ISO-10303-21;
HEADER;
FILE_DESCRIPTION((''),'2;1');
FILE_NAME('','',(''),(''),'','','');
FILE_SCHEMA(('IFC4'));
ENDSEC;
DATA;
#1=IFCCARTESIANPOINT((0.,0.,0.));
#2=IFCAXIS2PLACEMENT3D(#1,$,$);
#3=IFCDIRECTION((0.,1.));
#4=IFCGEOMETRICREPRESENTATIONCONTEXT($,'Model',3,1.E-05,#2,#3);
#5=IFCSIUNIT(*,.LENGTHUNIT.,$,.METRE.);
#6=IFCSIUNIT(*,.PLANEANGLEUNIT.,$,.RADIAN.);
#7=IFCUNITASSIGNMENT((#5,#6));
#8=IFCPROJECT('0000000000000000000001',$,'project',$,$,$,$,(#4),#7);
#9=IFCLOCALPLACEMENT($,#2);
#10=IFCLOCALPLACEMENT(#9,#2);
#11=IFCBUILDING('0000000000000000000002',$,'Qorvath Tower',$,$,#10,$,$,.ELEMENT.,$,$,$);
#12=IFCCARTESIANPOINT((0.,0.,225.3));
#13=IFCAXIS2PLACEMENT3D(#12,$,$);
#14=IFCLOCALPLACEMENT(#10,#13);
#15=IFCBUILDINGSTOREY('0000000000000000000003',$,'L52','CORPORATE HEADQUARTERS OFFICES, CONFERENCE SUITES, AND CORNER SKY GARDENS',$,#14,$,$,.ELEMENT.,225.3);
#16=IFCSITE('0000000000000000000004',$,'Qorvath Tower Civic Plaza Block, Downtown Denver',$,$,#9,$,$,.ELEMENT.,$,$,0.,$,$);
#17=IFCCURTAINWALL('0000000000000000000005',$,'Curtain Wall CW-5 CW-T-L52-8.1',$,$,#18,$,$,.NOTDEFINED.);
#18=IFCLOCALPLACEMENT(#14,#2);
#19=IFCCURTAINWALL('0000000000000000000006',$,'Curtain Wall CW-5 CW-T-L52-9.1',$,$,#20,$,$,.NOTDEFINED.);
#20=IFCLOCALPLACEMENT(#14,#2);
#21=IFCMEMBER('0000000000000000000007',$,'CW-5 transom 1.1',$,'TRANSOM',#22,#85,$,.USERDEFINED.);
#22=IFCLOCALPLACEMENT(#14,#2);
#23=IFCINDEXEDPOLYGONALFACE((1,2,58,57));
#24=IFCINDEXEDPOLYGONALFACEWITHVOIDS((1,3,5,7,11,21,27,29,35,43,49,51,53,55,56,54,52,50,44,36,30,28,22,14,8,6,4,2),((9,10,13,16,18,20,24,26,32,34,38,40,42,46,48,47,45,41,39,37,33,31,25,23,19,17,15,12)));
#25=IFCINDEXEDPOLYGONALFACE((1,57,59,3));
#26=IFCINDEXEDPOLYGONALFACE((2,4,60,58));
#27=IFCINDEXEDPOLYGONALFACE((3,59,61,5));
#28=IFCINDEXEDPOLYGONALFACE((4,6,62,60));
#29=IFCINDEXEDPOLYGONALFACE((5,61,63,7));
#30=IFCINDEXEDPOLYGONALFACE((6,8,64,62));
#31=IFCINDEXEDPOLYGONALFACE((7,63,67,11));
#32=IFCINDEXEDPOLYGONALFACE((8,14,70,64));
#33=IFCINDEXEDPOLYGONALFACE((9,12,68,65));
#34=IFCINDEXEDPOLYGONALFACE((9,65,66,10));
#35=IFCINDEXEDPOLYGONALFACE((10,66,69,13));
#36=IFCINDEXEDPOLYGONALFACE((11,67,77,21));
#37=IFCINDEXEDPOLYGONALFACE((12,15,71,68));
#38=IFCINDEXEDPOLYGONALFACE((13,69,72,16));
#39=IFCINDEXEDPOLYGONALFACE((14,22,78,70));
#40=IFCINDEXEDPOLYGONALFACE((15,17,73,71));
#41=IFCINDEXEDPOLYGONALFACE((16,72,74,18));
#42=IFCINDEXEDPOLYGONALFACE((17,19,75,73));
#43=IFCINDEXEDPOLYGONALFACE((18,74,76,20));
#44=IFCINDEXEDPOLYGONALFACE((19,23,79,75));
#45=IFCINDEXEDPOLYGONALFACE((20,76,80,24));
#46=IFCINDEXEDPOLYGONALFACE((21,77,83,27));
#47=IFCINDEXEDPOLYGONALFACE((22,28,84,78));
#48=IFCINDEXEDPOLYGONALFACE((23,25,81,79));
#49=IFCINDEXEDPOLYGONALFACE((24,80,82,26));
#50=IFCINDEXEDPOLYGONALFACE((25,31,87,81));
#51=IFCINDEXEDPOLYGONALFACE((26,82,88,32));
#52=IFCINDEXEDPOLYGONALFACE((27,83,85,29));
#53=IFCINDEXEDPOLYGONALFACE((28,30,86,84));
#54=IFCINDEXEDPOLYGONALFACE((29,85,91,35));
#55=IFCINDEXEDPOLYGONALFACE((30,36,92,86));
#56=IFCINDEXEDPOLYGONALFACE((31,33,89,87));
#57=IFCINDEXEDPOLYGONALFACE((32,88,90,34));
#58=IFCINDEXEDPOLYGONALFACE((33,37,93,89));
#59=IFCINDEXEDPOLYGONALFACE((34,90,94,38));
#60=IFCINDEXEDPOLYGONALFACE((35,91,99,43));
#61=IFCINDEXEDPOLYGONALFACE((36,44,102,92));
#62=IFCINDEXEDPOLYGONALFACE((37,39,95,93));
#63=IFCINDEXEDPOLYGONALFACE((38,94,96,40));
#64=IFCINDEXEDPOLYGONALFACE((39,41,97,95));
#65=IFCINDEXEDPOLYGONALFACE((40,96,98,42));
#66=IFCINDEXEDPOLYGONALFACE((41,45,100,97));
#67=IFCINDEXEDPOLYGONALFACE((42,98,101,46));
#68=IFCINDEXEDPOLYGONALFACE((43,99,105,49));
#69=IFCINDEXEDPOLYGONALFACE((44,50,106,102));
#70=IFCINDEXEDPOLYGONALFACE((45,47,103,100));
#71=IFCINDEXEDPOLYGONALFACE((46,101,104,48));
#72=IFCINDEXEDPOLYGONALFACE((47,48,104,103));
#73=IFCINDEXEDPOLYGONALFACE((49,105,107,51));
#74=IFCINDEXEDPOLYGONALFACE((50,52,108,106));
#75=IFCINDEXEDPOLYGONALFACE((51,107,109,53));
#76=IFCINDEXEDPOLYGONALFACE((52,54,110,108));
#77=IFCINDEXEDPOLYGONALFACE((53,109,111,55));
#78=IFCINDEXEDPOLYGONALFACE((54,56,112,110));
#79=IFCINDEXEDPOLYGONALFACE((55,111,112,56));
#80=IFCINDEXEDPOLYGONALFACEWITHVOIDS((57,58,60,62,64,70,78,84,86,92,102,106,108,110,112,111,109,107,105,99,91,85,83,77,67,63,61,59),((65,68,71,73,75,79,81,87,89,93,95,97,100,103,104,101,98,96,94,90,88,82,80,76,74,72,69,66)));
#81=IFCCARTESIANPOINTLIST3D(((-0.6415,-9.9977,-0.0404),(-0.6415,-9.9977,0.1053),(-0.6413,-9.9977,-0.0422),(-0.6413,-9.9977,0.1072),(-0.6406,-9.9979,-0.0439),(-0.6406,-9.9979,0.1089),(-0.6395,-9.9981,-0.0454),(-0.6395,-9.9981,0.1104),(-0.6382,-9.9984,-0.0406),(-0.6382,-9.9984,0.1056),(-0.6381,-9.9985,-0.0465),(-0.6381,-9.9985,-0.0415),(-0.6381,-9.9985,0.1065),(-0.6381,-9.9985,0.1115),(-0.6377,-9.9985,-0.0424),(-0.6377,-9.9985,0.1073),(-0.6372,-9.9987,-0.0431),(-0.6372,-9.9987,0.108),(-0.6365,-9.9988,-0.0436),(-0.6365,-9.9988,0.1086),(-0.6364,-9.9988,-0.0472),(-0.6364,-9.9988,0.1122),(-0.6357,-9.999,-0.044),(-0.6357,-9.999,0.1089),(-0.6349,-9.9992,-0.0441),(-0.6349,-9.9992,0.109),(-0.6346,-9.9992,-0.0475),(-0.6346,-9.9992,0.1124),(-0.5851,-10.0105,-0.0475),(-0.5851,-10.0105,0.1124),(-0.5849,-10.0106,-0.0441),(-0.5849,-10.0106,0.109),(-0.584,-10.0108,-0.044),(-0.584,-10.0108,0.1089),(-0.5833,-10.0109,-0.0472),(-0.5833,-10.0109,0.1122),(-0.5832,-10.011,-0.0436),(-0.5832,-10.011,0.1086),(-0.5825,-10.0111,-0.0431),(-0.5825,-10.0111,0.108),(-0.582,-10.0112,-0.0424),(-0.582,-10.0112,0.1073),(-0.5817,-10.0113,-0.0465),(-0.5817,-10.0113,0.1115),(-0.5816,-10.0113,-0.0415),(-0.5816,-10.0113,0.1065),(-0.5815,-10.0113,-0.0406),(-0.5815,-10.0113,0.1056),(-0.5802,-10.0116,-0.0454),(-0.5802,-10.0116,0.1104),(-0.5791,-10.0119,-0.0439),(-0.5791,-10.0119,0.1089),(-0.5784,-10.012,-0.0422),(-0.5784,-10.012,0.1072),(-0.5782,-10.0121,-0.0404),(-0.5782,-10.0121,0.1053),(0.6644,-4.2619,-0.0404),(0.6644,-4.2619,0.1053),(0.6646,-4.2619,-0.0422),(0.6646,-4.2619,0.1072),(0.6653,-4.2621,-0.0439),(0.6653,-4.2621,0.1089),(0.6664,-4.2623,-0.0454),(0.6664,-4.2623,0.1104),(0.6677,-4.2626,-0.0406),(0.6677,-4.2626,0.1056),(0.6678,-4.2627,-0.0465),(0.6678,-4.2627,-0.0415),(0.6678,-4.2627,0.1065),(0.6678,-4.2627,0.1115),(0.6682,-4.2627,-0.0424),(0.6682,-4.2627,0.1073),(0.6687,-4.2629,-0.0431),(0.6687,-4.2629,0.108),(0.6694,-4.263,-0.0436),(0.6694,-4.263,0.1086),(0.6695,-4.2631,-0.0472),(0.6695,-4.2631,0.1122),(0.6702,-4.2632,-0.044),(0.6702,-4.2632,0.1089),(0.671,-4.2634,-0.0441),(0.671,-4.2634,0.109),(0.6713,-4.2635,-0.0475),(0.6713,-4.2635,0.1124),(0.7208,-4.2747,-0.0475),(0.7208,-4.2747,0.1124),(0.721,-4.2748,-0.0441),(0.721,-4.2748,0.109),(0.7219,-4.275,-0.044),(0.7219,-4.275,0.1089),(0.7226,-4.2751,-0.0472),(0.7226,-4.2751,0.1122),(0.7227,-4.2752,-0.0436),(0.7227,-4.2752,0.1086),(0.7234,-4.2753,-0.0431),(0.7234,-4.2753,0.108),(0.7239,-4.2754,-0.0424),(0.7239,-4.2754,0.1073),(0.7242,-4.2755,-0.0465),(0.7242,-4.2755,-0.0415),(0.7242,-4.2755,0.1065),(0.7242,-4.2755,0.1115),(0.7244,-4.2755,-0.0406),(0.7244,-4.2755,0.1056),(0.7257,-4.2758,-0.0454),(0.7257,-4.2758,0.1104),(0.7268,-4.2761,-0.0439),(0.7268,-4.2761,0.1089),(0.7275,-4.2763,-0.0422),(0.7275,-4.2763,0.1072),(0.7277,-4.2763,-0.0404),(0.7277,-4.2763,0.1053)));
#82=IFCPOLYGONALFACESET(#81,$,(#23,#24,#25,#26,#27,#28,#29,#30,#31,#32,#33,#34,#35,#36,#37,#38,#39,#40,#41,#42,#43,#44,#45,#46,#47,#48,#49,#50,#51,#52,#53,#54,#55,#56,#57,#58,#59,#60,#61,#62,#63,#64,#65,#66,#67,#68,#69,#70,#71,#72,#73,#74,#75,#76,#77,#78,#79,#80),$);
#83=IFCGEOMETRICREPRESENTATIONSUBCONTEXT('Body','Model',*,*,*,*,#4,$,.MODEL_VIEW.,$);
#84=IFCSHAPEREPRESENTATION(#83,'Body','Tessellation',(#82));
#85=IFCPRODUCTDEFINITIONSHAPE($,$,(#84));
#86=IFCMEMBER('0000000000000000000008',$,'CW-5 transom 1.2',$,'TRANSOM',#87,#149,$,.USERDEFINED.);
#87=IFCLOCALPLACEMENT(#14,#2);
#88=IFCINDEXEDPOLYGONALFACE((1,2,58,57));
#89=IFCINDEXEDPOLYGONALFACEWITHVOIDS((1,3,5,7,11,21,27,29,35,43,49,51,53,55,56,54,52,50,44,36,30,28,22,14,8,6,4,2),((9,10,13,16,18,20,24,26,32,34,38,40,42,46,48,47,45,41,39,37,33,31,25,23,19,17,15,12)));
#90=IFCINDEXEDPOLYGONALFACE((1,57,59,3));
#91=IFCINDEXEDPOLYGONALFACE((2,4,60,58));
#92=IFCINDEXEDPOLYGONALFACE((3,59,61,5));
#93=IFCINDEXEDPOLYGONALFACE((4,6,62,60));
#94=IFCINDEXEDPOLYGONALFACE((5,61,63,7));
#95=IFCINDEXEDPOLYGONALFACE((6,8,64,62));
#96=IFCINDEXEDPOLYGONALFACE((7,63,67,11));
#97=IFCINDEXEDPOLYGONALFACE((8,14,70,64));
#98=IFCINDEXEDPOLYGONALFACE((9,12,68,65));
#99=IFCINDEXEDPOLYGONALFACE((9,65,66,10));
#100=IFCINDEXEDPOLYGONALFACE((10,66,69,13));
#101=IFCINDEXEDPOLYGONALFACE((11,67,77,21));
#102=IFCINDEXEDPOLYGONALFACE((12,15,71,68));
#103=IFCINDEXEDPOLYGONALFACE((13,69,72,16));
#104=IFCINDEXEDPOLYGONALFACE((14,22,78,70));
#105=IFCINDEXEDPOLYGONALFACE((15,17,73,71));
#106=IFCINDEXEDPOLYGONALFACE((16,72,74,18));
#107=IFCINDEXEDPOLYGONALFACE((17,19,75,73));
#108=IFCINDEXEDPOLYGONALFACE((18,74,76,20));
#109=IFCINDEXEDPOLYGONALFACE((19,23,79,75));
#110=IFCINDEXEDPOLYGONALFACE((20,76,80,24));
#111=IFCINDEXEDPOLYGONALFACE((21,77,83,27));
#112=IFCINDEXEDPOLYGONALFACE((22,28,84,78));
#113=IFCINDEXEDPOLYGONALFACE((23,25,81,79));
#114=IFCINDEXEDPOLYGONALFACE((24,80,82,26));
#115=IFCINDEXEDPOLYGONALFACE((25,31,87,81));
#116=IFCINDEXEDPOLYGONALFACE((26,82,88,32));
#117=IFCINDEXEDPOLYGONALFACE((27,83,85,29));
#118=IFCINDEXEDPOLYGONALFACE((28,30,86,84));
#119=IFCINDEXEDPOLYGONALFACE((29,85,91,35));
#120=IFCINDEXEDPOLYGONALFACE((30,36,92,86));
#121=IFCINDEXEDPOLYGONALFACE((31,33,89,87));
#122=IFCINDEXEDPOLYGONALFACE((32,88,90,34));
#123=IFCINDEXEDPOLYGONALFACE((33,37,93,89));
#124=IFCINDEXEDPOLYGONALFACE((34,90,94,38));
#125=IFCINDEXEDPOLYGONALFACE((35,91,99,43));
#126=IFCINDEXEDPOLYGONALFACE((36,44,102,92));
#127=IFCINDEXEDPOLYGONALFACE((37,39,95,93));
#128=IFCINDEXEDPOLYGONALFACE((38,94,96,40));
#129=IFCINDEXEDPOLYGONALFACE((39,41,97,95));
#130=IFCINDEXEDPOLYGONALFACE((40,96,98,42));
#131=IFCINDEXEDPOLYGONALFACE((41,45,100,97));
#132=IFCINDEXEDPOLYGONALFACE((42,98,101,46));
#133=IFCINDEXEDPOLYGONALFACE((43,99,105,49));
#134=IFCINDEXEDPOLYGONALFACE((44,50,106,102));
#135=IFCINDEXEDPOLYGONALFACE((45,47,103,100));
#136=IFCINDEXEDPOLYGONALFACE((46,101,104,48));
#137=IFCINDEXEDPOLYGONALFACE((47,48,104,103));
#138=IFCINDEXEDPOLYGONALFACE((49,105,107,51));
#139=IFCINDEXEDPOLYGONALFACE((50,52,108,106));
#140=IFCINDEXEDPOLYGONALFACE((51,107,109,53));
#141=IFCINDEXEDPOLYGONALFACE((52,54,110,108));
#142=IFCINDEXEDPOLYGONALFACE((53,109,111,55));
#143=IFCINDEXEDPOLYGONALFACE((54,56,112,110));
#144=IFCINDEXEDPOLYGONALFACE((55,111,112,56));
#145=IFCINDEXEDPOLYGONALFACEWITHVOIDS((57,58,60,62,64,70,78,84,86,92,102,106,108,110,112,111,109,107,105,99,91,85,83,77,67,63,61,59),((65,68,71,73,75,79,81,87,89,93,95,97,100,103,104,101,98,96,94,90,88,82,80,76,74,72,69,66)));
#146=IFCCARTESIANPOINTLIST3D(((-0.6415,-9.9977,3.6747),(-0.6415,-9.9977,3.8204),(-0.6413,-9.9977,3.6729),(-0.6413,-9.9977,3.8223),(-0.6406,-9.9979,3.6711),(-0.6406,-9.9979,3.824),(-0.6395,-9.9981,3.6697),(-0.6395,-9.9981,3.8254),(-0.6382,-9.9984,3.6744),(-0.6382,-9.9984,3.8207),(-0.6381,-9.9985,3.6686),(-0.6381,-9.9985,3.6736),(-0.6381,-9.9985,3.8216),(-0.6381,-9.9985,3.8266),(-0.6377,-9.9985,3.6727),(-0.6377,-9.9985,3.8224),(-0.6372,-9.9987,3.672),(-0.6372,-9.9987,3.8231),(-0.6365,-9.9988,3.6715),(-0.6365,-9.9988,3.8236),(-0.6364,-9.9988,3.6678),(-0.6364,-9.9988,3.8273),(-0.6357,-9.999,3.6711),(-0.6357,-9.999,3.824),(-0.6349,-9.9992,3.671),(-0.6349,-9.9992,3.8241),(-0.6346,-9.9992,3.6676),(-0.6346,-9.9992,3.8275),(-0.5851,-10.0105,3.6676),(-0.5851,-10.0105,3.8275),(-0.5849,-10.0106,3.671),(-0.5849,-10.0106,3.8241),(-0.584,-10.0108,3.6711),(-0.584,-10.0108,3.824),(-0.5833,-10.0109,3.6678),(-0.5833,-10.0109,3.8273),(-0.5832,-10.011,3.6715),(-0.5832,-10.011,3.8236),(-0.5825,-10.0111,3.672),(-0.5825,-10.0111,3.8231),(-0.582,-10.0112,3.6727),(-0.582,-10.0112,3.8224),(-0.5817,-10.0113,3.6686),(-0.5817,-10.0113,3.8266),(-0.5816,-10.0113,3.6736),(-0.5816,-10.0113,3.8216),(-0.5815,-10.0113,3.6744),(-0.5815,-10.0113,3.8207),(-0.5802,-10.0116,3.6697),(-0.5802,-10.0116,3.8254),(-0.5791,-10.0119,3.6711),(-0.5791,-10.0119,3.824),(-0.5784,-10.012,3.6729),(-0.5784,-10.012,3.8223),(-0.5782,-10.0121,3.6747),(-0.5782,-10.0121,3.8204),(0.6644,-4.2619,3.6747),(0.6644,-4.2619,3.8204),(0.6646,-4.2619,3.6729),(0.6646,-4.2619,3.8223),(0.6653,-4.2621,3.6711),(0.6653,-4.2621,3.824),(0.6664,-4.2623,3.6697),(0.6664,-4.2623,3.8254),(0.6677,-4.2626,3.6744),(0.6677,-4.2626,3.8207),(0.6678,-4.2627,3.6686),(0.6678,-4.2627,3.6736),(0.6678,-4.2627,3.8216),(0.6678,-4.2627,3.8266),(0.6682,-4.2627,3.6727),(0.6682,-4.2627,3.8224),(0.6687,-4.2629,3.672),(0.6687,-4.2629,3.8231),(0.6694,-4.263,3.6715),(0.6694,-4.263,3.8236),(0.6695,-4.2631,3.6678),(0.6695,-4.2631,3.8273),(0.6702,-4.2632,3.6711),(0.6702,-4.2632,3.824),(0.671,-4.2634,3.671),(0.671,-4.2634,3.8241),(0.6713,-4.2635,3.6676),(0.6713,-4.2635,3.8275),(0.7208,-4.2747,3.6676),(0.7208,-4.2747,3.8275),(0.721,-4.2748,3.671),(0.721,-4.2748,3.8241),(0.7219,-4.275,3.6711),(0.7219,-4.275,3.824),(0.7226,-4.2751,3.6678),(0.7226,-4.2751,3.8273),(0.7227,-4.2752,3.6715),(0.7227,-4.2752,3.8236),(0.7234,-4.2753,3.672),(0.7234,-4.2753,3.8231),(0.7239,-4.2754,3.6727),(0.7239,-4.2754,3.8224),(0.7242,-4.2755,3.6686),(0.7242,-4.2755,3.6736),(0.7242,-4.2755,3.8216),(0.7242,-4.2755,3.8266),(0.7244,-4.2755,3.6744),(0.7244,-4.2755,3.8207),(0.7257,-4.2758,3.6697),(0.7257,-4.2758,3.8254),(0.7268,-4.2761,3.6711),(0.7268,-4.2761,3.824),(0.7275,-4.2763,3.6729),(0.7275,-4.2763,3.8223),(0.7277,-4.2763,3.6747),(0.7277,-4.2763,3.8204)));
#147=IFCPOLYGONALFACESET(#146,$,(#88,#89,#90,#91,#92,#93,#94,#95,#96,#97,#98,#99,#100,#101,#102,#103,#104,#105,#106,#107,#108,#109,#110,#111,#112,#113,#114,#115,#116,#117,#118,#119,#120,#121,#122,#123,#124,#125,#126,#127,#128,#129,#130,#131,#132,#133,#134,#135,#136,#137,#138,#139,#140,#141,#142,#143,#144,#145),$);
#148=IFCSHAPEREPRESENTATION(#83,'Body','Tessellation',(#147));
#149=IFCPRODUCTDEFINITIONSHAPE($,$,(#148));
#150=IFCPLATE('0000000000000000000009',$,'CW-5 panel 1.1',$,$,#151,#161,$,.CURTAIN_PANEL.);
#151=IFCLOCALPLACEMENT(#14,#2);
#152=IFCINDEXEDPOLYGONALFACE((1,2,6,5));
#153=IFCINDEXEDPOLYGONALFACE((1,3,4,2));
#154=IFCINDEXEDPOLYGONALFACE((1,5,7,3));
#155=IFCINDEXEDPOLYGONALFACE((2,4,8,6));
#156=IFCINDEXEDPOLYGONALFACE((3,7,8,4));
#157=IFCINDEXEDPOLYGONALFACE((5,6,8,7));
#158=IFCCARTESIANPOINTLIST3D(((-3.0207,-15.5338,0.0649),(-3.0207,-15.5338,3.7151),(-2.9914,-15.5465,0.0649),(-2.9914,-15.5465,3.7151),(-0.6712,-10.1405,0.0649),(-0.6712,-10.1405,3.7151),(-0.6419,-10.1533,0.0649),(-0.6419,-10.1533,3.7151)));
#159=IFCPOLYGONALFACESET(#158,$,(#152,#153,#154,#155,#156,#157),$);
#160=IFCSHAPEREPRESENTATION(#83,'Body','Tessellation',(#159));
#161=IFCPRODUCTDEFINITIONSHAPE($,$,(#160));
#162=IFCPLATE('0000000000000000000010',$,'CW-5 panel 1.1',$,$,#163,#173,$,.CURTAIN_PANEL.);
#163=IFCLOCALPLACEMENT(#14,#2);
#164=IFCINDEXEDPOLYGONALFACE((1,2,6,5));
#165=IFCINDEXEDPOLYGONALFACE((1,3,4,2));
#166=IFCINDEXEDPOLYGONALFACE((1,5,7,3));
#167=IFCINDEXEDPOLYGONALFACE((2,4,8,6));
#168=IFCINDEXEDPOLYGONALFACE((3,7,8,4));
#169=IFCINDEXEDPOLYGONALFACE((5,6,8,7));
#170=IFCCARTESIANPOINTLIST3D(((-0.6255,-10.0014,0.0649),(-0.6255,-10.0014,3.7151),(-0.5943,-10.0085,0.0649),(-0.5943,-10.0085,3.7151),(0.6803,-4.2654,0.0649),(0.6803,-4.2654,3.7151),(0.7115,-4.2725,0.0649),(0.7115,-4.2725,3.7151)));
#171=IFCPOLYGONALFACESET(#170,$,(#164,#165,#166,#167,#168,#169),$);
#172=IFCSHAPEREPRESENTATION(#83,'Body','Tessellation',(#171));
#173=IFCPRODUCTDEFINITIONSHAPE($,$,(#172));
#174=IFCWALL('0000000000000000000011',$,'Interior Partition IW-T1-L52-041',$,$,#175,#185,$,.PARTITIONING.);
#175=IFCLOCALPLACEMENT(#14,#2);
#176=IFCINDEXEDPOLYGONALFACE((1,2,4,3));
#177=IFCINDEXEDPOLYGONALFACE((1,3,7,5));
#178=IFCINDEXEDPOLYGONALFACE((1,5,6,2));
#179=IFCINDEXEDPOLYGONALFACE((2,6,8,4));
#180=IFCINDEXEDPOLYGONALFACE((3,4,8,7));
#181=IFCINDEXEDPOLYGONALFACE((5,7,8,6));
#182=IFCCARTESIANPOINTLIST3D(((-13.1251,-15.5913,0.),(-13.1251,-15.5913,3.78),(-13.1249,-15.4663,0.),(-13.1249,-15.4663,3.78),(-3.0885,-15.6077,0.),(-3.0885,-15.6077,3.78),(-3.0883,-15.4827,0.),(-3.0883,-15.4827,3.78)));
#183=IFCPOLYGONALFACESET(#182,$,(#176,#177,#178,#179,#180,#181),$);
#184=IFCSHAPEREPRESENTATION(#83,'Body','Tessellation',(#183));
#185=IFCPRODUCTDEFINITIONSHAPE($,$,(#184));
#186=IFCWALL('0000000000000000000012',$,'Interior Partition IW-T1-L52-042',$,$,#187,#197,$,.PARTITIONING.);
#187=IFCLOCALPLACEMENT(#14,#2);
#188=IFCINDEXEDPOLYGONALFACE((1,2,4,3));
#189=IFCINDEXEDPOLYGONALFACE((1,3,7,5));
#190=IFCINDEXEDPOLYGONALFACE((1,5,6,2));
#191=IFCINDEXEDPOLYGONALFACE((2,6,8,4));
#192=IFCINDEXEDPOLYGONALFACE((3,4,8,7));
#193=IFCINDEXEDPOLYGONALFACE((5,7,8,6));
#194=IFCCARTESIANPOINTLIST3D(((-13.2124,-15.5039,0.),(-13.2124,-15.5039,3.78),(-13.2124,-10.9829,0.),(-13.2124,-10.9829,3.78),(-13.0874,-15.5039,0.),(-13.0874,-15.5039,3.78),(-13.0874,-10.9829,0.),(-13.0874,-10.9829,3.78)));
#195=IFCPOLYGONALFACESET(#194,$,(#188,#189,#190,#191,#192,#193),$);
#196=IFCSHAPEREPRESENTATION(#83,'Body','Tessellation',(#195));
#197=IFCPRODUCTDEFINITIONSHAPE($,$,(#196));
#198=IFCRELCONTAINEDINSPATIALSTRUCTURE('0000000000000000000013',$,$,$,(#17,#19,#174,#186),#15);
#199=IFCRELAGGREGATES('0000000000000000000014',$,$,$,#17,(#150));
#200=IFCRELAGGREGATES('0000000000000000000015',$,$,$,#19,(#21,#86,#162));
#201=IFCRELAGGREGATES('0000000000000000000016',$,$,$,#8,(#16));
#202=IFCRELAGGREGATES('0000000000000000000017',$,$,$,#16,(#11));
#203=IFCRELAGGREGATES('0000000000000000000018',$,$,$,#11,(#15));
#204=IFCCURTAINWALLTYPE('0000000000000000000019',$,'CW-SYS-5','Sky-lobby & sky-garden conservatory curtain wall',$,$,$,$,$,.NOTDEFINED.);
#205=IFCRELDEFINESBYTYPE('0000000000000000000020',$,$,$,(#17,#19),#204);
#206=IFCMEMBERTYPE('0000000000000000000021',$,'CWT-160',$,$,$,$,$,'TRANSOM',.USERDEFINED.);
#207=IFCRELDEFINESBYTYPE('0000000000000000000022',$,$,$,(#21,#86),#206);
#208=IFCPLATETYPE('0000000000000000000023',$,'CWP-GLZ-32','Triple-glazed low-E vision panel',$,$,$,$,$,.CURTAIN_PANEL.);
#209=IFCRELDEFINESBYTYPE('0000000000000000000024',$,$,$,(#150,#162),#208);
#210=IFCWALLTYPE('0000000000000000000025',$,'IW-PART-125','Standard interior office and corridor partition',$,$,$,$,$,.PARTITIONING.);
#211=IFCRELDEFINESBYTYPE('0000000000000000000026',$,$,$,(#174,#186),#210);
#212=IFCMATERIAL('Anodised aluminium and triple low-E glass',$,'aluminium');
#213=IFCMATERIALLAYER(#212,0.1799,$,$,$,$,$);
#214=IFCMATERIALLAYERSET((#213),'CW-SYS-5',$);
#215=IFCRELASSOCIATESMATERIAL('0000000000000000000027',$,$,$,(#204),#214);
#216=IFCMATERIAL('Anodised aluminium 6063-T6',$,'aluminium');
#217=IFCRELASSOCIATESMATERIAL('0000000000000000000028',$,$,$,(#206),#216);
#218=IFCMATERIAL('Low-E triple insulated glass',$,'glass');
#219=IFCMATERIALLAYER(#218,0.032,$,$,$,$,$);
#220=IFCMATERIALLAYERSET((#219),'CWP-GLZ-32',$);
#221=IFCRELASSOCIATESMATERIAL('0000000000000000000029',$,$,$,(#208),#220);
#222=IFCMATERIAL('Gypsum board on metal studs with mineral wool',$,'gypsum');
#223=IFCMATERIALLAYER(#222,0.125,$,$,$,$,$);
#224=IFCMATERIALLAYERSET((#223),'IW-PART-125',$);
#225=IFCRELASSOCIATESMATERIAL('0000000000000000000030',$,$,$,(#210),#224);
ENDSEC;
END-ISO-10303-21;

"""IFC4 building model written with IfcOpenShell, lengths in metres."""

from ifc_helpers import new_model, si_unit, direction, frame, frame_2d, origin, origin_2d, place, context, subcontext, project, spatial, rectangle, hollow_rectangle, extrude, material, layer, layer_set, material_profile, profile_set, type_object, element, aggregate, save


model = new_model("IFC4")

# Units and contexts
model_context = context("Model", 3, precision=1e-05, world=origin(), true_north=direction((0.0, 1.0)))
body_context = subcontext(model_context, "Body", "Model", "MODEL_VIEW")
ifc_project = project(units=[si_unit("LENGTHUNIT", "METRE"), si_unit("PLANEANGLEUNIT", "RADIAN")], contexts=[model_context])

# Site, building, storey
site_placement = place(None, origin())
site = spatial("IfcSite", under=ifc_project, at=site_placement, Name="Qorvath Tower Civic Plaza Block, Downtown Denver", CompositionType="ELEMENT", RefElevation=0.0)
building_placement = place(site_placement, origin())
building = spatial("IfcBuilding", under=site, at=building_placement, Name="Qorvath Tower", CompositionType="ELEMENT")
storey_placement = place(building_placement, frame((0.0, 0.0, 225.3)))
storey = spatial("IfcBuildingStorey", under=building, at=storey_placement, Name="L52", Description="CORPORATE HEADQUARTERS OFFICES, CONFERENCE SUITES, AND CORNER SKY GARDENS", CompositionType="ELEMENT", Elevation=225.3)

# Shared definitions
ifc_material_1 = material(Name="Anodised aluminium and triple low-E glass", Category="aluminium")
ifc_layer_1 = layer(ifc_material_1, 0.1799)
ifc_layer_set_1 = layer_set([ifc_layer_1], Name="CW-SYS-5")
curtain_wall_type = type_object("IfcCurtainWallType", Name="CW-SYS-5", Description="Sky-lobby & sky-garden conservatory curtain wall", PredefinedType="NOTDEFINED", material=ifc_layer_set_1)

# Curtain wall
curtain_wall_1_placement = place(storey_placement, origin())
curtain_wall_1 = element("IfcCurtainWall", 1, at=curtain_wall_1_placement, inside=storey, type_object=curtain_wall_type, Name="Curtain Wall CW-5 CW-T-L52-8.1", PredefinedType="NOTDEFINED")

# Curtain wall
curtain_wall_2_placement = place(storey_placement, origin())
curtain_wall_2 = element("IfcCurtainWall", 2, at=curtain_wall_2_placement, inside=storey, type_object=curtain_wall_type, Name="Curtain Wall CW-5 CW-T-L52-9.1", PredefinedType="NOTDEFINED")

# Members
ifc_material_2 = material(Name="Anodised aluminium 6063-T6", Category="aluminium")
ifc_material_profile_1 = material_profile(ifc_material_2, hollow_rectangle(XDim=0.0649, YDim=0.1599, WallThickness=0.0034, InnerFilletRadius=0.0034, OuterFilletRadius=0.0071, at=origin_2d()), Name="CWT 160x65")
ifc_profile_set_1 = profile_set([ifc_material_profile_1], Name="Anodised aluminium 6063-T6")
member_type_1 = type_object("IfcMemberType", Name="CWT-160", ElementType="TRANSOM", PredefinedType="USERDEFINED", material=ifc_profile_set_1)
member_1_placement = place(storey_placement, frame((-0.6099, -10.0049, 0.0325), z_axis=(0.221994, 0.975048, 0.0), x_axis=(-0.975048, 0.221994, 0.0)))
member_1 = element("IfcMember", 3, at=member_1_placement, type_object=member_type_1, Name="CW-5 transom 1.1", ObjectType="TRANSOM", PredefinedType="USERDEFINED", context=body_context, shape_type="SweptSolid", body=[
    extrude(hollow_rectangle(XDim=0.0649, YDim=0.1599, WallThickness=0.0034, InnerFilletRadius=0.0034, OuterFilletRadius=0.0071, at=origin_2d()), origin(), (0.0, 0.0, 1.0), 5.8826),
])
member_2_placement = place(storey_placement, frame((-0.6099, -10.0049, 3.7476), z_axis=(0.221994, 0.975048, 0.0), x_axis=(-0.975048, 0.221994, 0.0)))
member_2 = element("IfcMember", 4, at=member_2_placement, type_object=member_type_1, Name="CW-5 transom 1.2", ObjectType="TRANSOM", PredefinedType="USERDEFINED", context=body_context, shape_type="SweptSolid", body=[
    extrude(hollow_rectangle(XDim=0.0649, YDim=0.1599, WallThickness=0.0034, InnerFilletRadius=0.0034, OuterFilletRadius=0.0071, at=origin_2d()), origin(), (0.0, 0.0, 1.0), 5.8826),
])

# Plates
ifc_material_3 = material(Name="Low-E triple insulated glass", Category="glass")
ifc_layer_2 = layer(ifc_material_3, 0.032)
ifc_layer_set_2 = layer_set([ifc_layer_2], Name="CWP-GLZ-32")
plate_type = type_object("IfcPlateType", Name="CWP-GLZ-32", Description="Triple-glazed low-E vision panel", PredefinedType="CURTAIN_PANEL", material=ifc_layer_set_2)
plate_1_placement = place(storey_placement, frame((-1.8313, -12.8435, 0.0649), z_axis=(0.0, 0.0, 1.0), x_axis=(0.399382, 0.916785, 0.0)))
plate_1 = element("IfcPlate", 5, at=plate_1_placement, type_object=plate_type, Name="CW-5 panel 1.1", PredefinedType="CURTAIN_PANEL", context=body_context, shape_type="SweptSolid", body=[
    extrude(rectangle(XDim=5.8828, YDim=0.032, at=origin_2d()), origin(), (0.0, 0.0, 1.0), 3.6501),
])
aggregate(curtain_wall_1, [plate_1])
plate_2_placement = place(storey_placement, frame((0.043, -7.137, 0.0649), z_axis=(0.0, 0.0, 1.0), x_axis=(0.22197, 0.975053, 0.0)))
plate_2 = element("IfcPlate", 6, at=plate_2_placement, type_object=plate_type, Name="CW-5 panel 1.1", PredefinedType="CURTAIN_PANEL", context=body_context, shape_type="SweptSolid", body=[
    extrude(rectangle(XDim=5.8828, YDim=0.032, at=origin_2d()), origin(), (0.0, 0.0, 1.0), 3.6501),
])
aggregate(curtain_wall_2, [member_1, member_2, plate_2])

# Walls
ifc_material_4 = material(Name="Gypsum board on metal studs with mineral wool", Category="gypsum")
ifc_layer_3 = layer(ifc_material_4, 0.125)
ifc_layer_set_3 = layer_set([ifc_layer_3], Name="IW-PART-125")
wall_type_1 = type_object("IfcWallType", Name="IW-PART-125", Description="Standard interior office and corridor partition", PredefinedType="PARTITIONING", material=ifc_layer_set_3)
wall_1_placement = place(storey_placement, frame((-3.0884, -15.5452, 0.0), z_axis=(0.0, 0.0, 1.0), x_axis=(-0.999999, 0.00163, 0.0)))
element("IfcWall", 7, at=wall_1_placement, inside=storey, type_object=wall_type_1, Name="Interior Partition IW-T1-L52-041", PredefinedType="PARTITIONING", context=body_context, shape_type="SweptSolid", body=[
    extrude(rectangle(XDim=10.0366, YDim=0.125, at=frame_2d((5.0183, 0.0))), origin(), (0.0, 0.0, 1.0), 3.78),
])
wall_2_placement = place(storey_placement, frame((-13.1499, -10.9829, 0.0), z_axis=(0.0, 0.0, 1.0), x_axis=(0.0, -1.0, 0.0)))
element("IfcWall", 8, at=wall_2_placement, inside=storey, type_object=wall_type_1, Name="Interior Partition IW-T1-L52-042", PredefinedType="PARTITIONING", context=body_context, shape_type="SweptSolid", body=[
    extrude(rectangle(XDim=4.521, YDim=0.125, at=frame_2d((2.2605, 0.0))), origin(), (0.0, 0.0, 1.0), 3.78),
])

save(model, "model.ifc")
